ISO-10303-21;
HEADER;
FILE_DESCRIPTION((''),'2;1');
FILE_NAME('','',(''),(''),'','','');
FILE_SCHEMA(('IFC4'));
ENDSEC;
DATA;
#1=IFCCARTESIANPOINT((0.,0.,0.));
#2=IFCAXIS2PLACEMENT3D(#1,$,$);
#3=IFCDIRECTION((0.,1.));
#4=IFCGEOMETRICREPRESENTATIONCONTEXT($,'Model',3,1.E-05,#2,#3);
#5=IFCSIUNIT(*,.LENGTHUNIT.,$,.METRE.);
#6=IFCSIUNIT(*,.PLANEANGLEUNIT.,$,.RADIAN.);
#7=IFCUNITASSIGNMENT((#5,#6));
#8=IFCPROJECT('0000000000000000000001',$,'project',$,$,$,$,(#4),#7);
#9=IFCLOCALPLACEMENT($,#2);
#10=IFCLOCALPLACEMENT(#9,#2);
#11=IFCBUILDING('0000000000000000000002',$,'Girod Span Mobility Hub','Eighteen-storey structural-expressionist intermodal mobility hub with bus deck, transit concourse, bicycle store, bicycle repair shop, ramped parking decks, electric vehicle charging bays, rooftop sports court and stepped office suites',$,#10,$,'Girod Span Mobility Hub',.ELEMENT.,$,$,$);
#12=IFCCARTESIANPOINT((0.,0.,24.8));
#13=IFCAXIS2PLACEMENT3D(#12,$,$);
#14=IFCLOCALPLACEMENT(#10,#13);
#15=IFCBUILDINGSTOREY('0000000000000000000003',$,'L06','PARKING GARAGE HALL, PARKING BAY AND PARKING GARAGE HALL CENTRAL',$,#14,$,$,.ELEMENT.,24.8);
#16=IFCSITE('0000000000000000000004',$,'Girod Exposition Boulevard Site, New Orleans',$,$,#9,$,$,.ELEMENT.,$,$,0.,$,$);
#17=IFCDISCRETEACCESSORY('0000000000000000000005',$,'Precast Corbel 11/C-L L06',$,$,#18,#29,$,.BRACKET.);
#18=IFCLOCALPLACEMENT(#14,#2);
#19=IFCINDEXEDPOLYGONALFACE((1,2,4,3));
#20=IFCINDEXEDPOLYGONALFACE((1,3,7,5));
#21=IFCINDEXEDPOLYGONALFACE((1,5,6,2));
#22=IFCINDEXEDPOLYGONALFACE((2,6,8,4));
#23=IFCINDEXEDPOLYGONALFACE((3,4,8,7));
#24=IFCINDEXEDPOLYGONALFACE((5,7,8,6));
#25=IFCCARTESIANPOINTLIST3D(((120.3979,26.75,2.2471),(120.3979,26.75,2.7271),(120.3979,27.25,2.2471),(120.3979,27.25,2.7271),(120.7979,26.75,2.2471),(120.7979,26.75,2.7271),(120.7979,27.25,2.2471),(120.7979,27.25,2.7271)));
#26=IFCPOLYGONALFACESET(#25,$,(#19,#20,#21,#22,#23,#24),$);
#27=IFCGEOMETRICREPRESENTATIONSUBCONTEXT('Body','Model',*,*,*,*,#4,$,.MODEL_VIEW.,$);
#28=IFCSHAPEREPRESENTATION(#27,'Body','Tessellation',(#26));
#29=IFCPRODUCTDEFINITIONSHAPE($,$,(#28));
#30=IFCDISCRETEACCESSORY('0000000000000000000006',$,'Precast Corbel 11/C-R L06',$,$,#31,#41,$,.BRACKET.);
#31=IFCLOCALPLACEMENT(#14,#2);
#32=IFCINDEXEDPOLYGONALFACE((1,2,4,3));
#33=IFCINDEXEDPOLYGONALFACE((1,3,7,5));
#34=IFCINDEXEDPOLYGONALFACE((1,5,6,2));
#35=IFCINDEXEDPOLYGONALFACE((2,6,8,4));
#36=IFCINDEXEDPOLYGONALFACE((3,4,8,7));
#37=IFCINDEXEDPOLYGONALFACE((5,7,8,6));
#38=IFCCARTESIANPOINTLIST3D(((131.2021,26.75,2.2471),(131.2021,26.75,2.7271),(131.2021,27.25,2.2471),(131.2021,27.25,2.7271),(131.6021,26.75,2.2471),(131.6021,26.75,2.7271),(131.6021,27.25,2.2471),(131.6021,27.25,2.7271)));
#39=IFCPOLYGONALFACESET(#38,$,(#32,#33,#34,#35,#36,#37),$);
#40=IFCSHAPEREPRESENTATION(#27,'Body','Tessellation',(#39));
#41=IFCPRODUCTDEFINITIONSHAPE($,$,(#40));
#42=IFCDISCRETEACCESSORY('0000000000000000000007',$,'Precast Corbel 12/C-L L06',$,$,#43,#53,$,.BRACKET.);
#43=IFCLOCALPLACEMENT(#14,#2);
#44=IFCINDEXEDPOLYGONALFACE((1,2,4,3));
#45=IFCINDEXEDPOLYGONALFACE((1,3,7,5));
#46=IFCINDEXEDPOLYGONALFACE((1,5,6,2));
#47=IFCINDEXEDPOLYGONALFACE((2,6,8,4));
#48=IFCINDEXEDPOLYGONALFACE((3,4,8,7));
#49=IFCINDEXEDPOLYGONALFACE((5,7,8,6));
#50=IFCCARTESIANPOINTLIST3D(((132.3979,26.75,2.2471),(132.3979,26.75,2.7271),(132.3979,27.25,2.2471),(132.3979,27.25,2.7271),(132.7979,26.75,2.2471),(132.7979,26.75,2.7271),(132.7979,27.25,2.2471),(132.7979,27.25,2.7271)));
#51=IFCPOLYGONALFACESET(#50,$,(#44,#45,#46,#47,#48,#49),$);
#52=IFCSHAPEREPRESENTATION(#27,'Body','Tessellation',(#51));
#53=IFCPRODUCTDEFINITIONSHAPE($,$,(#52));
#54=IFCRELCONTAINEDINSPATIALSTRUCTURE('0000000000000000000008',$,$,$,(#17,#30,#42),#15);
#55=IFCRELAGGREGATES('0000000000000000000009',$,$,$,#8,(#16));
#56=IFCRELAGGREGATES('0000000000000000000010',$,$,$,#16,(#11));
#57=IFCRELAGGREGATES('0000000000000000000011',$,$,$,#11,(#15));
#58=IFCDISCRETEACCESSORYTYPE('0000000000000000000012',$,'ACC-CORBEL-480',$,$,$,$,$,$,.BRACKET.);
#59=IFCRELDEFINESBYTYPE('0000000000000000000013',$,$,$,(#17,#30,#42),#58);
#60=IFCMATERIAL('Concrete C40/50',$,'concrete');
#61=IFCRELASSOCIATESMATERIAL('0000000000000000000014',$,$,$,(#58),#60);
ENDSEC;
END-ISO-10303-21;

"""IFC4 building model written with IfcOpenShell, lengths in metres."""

from ifc_helpers import new_model, si_unit, direction, frame, origin, origin_2d, place, context, subcontext, project, spatial, rectangle, extrude, material, type_object, element, save


model = new_model("IFC4")

# Units and contexts
model_context = context("Model", 3, precision=1e-05, world=origin(), true_north=direction((0.0, 1.0)))
body_context = subcontext(model_context, "Body", "Model", "MODEL_VIEW")
ifc_project = project(units=[si_unit("LENGTHUNIT", "METRE"), si_unit("PLANEANGLEUNIT", "RADIAN")], contexts=[model_context])

# Site, building, storey
site_placement = place(None, origin())
site = spatial("IfcSite", under=ifc_project, at=site_placement, Name="Girod Exposition Boulevard Site, New Orleans", CompositionType="ELEMENT", RefElevation=0.0)
building_placement = place(site_placement, origin())
building = spatial("IfcBuilding", under=site, at=building_placement, Name="Girod Span Mobility Hub", Description="Eighteen-storey structural-expressionist intermodal mobility hub with bus deck, transit concourse, bicycle store, bicycle repair shop, ramped parking decks, electric vehicle charging bays, rooftop sports court and stepped office suites", LongName="Girod Span Mobility Hub", CompositionType="ELEMENT")
storey_placement = place(building_placement, frame((0.0, 0.0, 24.8)))
storey = spatial("IfcBuildingStorey", under=building, at=storey_placement, Name="L06", Description="PARKING GARAGE HALL, PARKING BAY AND PARKING GARAGE HALL CENTRAL", CompositionType="ELEMENT", Elevation=24.8)

# Discrete accessories
ifc_material_1 = material(Name="Concrete C40/50", Category="concrete")
discrete_accessory_type = type_object("IfcDiscreteAccessoryType", Name="ACC-CORBEL-480", PredefinedType="BRACKET", material=ifc_material_1)
for number, where, z_axis, x_axis, name in (
    (1, (120.5979, 27.0, 2.2471), (0.0, 0.0, 1.0), (1.0, 0.0, 0.0), "Precast Corbel 11/C-L L06"),
    (2, (131.4021, 27.0, 2.2471), (0.0, 0.0, 1.0), (1.0, 0.0, 0.0), "Precast Corbel 11/C-R L06"),
    (3, (132.5979, 27.0, 2.2471), (0.0, 0.0, 1.0), (1.0, 0.0, 0.0), "Precast Corbel 12/C-L L06"),
):
    element("IfcDiscreteAccessory", number, at=place(storey_placement, frame(where, z_axis=z_axis, x_axis=x_axis)), inside=storey, type_object=discrete_accessory_type, Name=name, PredefinedType="BRACKET", context=body_context, shape_type="SweptSolid", body=[
        extrude(rectangle(XDim=0.3999, YDim=0.5, at=origin_2d()), origin(), (0.0, 0.0, 1.0), 0.48),
    ])

save(model, "model.ifc")
